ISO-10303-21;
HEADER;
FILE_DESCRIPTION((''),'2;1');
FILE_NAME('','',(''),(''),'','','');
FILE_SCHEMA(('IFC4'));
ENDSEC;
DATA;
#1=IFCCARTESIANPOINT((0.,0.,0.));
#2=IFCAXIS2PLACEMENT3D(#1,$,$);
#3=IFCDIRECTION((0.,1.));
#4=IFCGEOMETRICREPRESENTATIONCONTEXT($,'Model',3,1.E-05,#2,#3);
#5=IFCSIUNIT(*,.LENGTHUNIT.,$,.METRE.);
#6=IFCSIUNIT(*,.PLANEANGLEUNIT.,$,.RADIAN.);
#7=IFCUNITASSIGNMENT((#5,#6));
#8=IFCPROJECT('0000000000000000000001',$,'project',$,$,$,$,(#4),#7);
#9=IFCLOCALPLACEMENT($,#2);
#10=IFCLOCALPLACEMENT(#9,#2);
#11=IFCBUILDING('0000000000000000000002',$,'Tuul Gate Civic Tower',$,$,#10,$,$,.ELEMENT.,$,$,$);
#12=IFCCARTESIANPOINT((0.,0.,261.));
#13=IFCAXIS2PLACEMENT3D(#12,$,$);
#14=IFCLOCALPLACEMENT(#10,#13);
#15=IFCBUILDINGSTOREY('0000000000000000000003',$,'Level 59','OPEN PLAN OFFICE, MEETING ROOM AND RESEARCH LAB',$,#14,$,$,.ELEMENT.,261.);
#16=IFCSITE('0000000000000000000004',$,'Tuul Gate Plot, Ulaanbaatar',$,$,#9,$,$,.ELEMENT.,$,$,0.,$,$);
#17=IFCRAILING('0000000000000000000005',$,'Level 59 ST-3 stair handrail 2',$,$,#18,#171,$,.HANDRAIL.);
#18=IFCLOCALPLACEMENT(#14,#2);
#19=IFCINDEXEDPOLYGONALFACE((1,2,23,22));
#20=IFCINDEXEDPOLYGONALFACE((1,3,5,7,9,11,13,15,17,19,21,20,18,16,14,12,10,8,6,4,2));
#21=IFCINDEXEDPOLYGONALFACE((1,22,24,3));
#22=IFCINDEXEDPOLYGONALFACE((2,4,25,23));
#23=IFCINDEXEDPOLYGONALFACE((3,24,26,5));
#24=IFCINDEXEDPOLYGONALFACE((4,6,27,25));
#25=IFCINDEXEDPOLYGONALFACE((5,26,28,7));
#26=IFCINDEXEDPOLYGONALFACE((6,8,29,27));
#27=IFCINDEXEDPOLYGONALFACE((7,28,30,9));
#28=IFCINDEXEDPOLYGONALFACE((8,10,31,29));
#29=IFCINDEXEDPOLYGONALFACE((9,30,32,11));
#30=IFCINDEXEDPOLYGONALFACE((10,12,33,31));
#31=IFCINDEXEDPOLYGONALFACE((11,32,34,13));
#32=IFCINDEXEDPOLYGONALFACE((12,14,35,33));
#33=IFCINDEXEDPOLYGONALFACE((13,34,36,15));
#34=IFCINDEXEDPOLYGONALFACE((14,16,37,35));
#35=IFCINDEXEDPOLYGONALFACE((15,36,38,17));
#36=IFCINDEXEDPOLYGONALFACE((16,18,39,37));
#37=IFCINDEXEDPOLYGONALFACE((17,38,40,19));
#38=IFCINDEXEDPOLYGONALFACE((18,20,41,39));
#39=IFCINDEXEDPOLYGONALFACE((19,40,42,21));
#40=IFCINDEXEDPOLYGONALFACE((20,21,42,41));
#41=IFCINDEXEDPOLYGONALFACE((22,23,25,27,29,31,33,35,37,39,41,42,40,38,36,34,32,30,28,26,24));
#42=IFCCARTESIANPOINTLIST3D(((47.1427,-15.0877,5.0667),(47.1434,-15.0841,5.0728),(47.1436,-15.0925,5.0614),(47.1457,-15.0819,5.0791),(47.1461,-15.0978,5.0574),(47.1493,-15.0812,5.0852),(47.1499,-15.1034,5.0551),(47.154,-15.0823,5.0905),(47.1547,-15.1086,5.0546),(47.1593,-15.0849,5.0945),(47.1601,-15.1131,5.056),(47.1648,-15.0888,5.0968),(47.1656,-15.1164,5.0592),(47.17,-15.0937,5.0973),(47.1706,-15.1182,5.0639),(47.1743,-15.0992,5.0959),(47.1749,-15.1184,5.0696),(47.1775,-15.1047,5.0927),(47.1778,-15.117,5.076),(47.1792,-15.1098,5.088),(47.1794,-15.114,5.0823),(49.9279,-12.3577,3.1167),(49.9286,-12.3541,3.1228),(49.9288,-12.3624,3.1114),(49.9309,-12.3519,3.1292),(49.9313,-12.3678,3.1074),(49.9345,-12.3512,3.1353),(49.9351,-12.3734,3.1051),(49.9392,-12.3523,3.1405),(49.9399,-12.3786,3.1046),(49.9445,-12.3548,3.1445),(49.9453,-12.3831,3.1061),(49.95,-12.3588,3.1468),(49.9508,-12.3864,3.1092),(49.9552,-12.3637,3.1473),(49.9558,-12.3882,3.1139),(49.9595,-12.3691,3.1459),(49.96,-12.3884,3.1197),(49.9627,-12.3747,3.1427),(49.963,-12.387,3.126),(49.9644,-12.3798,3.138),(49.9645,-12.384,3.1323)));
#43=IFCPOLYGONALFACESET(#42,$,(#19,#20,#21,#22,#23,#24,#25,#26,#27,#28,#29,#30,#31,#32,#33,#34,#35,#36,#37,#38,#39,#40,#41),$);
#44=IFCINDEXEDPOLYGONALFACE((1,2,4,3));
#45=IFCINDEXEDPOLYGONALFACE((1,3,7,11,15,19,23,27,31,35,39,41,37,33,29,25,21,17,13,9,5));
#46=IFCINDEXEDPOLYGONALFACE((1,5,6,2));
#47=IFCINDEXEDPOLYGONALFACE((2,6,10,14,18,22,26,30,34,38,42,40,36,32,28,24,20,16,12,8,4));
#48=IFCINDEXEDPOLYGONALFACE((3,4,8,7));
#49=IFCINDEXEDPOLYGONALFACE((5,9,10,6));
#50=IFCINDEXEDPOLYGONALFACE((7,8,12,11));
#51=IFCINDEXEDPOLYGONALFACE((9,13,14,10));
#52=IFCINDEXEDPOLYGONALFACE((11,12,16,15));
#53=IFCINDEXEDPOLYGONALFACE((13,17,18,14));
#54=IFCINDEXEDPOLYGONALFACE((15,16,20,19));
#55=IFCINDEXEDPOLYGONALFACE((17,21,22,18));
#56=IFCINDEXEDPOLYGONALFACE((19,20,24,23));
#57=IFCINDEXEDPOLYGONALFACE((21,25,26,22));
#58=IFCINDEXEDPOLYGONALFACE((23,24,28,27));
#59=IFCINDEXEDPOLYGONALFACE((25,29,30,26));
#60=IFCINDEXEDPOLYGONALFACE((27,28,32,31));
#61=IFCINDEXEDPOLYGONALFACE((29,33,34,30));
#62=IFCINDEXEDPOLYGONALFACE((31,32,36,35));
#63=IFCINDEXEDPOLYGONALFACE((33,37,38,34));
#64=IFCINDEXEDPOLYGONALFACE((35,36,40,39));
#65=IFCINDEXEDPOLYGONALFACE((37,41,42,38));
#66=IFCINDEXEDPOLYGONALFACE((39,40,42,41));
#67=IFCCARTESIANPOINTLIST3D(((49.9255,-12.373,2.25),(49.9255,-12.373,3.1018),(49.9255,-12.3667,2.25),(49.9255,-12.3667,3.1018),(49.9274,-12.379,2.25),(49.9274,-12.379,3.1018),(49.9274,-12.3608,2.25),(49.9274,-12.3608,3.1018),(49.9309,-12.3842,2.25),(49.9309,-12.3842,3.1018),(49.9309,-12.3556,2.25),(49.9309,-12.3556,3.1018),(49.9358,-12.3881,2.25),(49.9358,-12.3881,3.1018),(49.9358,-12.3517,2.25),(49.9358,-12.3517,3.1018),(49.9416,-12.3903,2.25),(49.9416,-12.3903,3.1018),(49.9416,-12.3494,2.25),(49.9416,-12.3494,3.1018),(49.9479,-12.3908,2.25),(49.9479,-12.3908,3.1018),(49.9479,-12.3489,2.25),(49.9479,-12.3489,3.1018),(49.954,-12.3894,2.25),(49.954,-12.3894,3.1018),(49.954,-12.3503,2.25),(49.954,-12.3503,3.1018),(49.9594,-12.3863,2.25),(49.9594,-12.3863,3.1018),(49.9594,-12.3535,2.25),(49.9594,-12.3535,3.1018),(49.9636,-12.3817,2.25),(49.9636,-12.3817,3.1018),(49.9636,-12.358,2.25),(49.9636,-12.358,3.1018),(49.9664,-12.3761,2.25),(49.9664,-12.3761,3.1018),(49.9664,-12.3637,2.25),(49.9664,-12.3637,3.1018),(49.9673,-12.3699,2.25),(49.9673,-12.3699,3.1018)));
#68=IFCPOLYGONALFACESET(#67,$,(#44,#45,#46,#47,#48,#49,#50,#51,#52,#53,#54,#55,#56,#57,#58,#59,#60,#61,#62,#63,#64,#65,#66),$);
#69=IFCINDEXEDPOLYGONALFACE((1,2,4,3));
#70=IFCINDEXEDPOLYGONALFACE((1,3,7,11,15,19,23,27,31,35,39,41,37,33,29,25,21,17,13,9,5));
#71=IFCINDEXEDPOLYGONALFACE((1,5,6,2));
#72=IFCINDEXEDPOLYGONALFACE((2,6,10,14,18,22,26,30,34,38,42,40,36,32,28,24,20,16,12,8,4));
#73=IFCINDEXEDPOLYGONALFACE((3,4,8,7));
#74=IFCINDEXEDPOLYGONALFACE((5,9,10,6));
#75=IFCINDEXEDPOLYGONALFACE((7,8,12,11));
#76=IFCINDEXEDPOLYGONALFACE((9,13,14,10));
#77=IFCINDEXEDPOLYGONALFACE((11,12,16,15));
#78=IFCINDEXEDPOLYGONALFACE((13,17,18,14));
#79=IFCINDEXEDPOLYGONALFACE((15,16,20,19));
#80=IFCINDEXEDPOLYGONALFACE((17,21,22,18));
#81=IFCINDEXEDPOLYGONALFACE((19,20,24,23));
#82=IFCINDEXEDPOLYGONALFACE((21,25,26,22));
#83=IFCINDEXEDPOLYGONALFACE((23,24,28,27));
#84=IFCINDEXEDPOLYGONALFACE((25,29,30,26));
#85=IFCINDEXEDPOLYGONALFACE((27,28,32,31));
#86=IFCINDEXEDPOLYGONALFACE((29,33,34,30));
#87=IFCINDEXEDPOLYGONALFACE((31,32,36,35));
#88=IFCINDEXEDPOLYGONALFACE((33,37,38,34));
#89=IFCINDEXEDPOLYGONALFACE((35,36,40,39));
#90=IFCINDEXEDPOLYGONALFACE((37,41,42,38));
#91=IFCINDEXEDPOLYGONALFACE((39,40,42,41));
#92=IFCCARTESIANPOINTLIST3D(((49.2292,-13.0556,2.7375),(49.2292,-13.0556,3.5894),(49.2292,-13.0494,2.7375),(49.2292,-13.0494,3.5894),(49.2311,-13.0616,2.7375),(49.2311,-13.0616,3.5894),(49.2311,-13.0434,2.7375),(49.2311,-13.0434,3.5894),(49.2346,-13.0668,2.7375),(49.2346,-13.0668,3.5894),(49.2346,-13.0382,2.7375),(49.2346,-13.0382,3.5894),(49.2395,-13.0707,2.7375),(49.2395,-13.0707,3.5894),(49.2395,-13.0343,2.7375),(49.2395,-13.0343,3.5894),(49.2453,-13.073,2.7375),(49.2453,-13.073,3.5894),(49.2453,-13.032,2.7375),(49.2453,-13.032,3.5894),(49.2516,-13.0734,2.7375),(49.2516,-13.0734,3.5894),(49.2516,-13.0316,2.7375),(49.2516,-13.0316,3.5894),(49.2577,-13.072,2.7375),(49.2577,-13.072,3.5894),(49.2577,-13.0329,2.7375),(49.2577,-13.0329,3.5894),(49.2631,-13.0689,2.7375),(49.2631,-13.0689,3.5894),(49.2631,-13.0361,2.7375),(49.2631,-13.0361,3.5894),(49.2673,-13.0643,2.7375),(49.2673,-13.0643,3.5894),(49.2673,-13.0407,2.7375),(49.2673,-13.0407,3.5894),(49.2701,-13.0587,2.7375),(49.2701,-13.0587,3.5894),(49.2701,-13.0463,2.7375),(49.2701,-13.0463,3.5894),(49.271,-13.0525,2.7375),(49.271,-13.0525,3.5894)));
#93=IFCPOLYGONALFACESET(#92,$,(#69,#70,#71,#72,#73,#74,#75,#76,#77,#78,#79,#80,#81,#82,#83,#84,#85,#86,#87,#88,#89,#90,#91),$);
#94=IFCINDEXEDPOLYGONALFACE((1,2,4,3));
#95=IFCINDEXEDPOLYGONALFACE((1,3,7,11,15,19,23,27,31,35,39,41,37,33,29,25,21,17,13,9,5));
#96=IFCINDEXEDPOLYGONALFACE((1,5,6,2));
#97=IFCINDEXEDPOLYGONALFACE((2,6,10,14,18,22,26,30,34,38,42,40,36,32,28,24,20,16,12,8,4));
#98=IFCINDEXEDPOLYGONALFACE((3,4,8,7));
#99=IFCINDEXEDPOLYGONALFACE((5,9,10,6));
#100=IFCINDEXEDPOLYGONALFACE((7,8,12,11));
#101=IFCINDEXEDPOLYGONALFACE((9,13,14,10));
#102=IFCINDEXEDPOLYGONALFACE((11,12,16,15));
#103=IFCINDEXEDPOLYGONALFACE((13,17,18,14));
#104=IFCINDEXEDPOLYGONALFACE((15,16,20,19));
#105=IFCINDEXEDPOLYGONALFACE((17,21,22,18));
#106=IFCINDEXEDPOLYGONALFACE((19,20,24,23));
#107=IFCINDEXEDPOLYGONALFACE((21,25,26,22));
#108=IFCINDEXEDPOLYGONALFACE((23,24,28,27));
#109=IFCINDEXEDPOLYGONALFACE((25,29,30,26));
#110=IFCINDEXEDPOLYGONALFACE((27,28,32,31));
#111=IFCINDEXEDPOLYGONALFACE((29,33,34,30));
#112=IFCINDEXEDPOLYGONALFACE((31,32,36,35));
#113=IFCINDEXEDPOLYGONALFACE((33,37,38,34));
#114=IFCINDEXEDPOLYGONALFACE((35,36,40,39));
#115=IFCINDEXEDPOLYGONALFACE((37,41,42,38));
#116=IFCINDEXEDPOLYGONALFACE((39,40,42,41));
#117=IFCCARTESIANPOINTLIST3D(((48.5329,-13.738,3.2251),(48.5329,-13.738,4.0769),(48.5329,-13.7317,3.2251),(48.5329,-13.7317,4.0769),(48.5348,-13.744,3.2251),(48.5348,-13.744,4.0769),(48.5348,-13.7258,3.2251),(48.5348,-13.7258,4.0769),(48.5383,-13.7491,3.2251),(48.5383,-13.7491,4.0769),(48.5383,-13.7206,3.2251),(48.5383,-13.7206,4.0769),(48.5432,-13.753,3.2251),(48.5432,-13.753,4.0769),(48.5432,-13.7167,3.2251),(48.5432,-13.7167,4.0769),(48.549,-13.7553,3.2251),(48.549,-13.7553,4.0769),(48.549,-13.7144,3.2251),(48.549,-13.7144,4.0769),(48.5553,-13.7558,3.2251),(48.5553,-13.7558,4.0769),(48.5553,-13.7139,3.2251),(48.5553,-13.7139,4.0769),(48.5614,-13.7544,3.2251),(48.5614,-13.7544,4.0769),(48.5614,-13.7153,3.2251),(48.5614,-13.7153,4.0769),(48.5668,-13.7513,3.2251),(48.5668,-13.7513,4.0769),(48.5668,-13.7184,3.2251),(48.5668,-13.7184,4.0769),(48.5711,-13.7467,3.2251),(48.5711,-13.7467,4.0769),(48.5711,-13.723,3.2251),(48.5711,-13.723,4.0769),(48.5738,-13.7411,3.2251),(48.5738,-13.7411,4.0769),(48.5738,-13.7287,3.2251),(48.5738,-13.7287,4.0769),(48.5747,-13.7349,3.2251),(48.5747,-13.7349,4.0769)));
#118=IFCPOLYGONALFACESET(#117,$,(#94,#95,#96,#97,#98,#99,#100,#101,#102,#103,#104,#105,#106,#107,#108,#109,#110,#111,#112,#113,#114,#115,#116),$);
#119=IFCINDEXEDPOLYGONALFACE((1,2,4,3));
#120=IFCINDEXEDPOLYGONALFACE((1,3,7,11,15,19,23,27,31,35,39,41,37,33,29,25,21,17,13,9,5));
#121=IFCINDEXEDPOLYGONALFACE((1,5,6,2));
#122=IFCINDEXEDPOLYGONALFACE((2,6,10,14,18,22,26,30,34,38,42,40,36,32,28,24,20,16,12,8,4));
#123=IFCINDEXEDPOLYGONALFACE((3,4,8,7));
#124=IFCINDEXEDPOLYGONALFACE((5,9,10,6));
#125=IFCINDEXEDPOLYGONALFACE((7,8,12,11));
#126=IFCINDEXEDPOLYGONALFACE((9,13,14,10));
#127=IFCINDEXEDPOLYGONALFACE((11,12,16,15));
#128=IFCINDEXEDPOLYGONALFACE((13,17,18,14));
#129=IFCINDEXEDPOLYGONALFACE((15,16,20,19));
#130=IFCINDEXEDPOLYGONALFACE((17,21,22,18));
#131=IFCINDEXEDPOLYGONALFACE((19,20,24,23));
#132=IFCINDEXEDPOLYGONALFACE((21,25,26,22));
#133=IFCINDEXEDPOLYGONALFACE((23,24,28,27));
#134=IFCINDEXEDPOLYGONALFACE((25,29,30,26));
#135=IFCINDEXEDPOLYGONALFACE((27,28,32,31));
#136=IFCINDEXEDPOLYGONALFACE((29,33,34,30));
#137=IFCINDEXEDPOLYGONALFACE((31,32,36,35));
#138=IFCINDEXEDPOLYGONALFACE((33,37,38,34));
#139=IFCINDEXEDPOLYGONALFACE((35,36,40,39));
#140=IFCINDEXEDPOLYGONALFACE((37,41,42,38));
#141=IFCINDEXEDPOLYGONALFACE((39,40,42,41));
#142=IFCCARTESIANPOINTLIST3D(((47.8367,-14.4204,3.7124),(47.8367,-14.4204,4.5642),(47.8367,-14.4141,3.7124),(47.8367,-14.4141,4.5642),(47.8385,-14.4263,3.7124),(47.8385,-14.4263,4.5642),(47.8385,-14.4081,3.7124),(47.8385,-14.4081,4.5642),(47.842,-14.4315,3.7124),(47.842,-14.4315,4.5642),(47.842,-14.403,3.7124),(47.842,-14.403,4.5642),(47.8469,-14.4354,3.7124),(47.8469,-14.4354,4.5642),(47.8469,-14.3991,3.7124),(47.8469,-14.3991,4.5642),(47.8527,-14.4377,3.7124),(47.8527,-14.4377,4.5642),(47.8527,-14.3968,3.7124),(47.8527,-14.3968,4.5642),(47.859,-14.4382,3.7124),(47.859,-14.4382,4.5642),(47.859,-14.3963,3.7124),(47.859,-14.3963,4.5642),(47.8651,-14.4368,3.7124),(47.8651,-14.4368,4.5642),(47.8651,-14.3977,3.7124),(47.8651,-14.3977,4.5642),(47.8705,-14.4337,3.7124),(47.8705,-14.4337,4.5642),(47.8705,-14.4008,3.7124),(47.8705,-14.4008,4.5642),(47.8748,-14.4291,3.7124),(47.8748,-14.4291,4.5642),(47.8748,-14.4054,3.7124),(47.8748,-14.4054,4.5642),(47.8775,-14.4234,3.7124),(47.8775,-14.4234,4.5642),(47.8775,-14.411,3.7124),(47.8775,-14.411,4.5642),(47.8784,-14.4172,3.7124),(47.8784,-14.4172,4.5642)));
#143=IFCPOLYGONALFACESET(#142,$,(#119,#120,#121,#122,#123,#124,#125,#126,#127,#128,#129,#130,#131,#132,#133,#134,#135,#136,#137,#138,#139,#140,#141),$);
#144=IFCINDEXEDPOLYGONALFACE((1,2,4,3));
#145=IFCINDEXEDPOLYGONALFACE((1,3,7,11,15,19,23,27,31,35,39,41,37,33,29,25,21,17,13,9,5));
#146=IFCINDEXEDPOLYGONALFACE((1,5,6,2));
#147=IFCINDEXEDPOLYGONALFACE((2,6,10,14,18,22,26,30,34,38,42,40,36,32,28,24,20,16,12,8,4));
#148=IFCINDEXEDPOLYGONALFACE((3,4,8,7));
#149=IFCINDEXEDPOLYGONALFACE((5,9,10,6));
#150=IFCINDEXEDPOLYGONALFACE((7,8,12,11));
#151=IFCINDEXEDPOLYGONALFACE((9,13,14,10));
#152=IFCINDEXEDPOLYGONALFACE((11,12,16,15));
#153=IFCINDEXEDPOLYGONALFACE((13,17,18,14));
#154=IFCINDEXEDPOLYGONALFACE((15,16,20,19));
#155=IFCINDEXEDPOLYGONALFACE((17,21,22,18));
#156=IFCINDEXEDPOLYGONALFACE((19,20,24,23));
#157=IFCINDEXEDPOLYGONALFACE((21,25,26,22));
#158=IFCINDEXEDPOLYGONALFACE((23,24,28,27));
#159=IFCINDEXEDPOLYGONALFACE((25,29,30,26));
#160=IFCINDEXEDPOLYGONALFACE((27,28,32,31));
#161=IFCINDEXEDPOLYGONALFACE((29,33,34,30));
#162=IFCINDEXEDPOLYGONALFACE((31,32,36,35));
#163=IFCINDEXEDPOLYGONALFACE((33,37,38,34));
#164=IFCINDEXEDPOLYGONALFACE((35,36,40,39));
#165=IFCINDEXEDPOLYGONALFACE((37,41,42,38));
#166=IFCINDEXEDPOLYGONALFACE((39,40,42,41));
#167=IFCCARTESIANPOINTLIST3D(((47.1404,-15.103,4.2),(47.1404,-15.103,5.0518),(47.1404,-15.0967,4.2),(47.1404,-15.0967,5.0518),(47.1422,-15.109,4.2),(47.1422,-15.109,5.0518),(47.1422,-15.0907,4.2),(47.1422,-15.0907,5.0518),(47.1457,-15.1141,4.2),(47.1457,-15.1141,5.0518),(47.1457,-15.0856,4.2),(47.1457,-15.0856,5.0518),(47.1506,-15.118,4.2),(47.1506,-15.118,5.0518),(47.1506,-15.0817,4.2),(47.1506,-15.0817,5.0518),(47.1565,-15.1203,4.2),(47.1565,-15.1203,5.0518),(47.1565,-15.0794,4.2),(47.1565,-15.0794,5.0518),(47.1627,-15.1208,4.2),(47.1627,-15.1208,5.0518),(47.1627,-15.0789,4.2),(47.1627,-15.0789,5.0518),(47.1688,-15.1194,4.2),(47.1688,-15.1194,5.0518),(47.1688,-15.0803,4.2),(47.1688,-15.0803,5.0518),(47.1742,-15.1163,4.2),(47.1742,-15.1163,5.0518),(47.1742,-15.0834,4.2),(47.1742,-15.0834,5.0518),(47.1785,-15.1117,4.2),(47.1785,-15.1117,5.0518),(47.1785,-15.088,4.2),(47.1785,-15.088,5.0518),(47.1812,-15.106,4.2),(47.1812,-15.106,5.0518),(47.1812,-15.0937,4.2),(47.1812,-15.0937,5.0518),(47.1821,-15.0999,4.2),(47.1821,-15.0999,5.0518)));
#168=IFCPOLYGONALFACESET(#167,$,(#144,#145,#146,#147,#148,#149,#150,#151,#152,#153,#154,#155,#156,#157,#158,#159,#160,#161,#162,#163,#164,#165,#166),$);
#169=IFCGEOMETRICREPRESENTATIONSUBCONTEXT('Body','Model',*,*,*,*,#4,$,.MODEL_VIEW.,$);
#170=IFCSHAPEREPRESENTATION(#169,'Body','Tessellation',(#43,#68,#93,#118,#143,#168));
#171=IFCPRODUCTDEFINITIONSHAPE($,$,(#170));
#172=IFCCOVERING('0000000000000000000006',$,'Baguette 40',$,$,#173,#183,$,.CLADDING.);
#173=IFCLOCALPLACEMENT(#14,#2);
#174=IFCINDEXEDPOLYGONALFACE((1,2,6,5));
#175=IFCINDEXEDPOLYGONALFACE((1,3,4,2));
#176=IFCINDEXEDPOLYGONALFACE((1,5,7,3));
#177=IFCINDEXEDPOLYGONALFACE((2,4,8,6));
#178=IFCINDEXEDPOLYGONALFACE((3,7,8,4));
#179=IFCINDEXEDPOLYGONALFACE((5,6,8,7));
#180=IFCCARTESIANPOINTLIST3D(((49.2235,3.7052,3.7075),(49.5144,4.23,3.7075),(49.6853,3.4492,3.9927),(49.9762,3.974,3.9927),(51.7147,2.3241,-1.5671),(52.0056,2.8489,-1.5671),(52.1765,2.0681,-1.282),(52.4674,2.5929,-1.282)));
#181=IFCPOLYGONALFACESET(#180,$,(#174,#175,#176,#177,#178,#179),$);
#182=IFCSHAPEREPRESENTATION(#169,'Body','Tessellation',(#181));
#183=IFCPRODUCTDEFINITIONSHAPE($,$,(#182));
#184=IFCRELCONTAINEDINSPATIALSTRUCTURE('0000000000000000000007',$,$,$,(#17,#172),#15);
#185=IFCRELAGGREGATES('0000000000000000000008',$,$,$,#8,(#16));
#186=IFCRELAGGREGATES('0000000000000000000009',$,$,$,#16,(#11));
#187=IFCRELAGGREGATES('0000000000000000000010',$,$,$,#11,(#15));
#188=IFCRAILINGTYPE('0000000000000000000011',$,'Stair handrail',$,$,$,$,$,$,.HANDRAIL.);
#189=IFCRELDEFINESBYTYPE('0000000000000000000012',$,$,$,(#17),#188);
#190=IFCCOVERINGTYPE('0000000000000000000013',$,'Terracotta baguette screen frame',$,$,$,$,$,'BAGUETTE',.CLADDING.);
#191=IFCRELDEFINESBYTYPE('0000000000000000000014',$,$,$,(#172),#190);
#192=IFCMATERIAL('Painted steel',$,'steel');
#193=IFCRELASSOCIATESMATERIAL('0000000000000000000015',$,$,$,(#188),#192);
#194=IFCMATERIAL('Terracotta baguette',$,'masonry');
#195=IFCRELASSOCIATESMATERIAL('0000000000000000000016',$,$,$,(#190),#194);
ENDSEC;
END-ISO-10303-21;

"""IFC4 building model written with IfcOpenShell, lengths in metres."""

from ifc_helpers import new_model, si_unit, direction, frame, origin, origin_2d, place, context, subcontext, project, spatial, rectangle, circle, extrude, material, material_profile, profile_set, type_object, element, save


model = new_model("IFC4")

# Units and contexts
model_context = context("Model", 3, precision=1e-05, world=origin(), true_north=direction((0.0, 1.0)))
body_context = subcontext(model_context, "Body", "Model", "MODEL_VIEW")
ifc_project = project(units=[si_unit("LENGTHUNIT", "METRE"), si_unit("PLANEANGLEUNIT", "RADIAN")], contexts=[model_context])

# Site, building, storey
site_placement = place(None, origin())
site = spatial("IfcSite", under=ifc_project, at=site_placement, Name="Tuul Gate Plot, Ulaanbaatar", CompositionType="ELEMENT", RefElevation=0.0)
building_placement = place(site_placement, origin())
building = spatial("IfcBuilding", under=site, at=building_placement, Name="Tuul Gate Civic Tower", CompositionType="ELEMENT")
storey_placement = place(building_placement, frame((0.0, 0.0, 261.0)))
storey = spatial("IfcBuildingStorey", under=building, at=storey_placement, Name="Level 59", Description="OPEN PLAN OFFICE, MEETING ROOM AND RESEARCH LAB", CompositionType="ELEMENT", Elevation=261.0)

# Railing
ifc_material_1 = material(Name="Painted steel", Category="steel")
railing_type = type_object("IfcRailingType", Name="Stair handrail", PredefinedType="HANDRAIL", material=ifc_material_1)
railing_placement = place(storey_placement, frame((49.9463, -12.3699, 2.25)))
element("IfcRailing", 1, at=railing_placement, inside=storey, type_object=railing_type, Name="Level 59 ST-3 stair handrail 2", PredefinedType="HANDRAIL", context=body_context, shape_type="SweptSolid", body=[
    extrude(circle(Radius=0.0239, at=origin_2d()), frame((0.0, 0.0, 0.876), z_axis=(-0.638754, -0.6261, 0.447206), x_axis=(0.699998, -0.714145, 0.0)), (0.0, 0.0, 1.0), 4.3604),
    extrude(circle(Radius=0.021, at=origin_2d()), origin(), (0.0, 0.0, 1.0), 0.8518),
    extrude(circle(Radius=0.021, at=origin_2d()), frame((-0.6963, -0.6826, 0.4875)), (0.0, 0.0, 1.0), 0.8518),
    extrude(circle(Radius=0.021, at=origin_2d()), frame((-1.3926, -1.365, 0.9751)), (0.0, 0.0, 1.0), 0.8518),
    extrude(circle(Radius=0.021, at=origin_2d()), frame((-2.0889, -2.0474, 1.4624)), (0.0, 0.0, 1.0), 0.8518),
    extrude(circle(Radius=0.021, at=origin_2d()), frame((-2.7852, -2.73, 1.95)), (0.0, 0.0, 1.0), 0.8518),
])

# Covering
ifc_material_2 = material(Name="Terracotta baguette", Category="masonry")
ifc_material_profile_1 = material_profile(ifc_material_2, rectangle(XDim=0.6001, YDim=0.6001, at=origin_2d()), Name="Terracotta baguette screen frame")
ifc_profile_set_1 = profile_set([ifc_material_profile_1], Name="Terracotta baguette")
covering_type = type_object("IfcCoveringType", Name="Terracotta baguette screen frame", ElementType="BAGUETTE", PredefinedType="CLADDING", material=ifc_profile_set_1)
covering_placement = place(storey_placement, frame((52.0911, 2.4585, -1.4246), z_axis=(-0.415574, 0.23039, 0.879897), x_axis=(-0.484864, -0.87459, 0.0)))
element("IfcCovering", 2, at=covering_placement, inside=storey, type_object=covering_type, Name="Baguette 40", PredefinedType="CLADDING", context=body_context, shape_type="SweptSolid", body=[
    extrude(rectangle(XDim=0.6001, YDim=0.6001, at=origin_2d()), origin(), (0.0, 0.0, 1.0), 5.9946),
])

save(model, "model.ifc")
